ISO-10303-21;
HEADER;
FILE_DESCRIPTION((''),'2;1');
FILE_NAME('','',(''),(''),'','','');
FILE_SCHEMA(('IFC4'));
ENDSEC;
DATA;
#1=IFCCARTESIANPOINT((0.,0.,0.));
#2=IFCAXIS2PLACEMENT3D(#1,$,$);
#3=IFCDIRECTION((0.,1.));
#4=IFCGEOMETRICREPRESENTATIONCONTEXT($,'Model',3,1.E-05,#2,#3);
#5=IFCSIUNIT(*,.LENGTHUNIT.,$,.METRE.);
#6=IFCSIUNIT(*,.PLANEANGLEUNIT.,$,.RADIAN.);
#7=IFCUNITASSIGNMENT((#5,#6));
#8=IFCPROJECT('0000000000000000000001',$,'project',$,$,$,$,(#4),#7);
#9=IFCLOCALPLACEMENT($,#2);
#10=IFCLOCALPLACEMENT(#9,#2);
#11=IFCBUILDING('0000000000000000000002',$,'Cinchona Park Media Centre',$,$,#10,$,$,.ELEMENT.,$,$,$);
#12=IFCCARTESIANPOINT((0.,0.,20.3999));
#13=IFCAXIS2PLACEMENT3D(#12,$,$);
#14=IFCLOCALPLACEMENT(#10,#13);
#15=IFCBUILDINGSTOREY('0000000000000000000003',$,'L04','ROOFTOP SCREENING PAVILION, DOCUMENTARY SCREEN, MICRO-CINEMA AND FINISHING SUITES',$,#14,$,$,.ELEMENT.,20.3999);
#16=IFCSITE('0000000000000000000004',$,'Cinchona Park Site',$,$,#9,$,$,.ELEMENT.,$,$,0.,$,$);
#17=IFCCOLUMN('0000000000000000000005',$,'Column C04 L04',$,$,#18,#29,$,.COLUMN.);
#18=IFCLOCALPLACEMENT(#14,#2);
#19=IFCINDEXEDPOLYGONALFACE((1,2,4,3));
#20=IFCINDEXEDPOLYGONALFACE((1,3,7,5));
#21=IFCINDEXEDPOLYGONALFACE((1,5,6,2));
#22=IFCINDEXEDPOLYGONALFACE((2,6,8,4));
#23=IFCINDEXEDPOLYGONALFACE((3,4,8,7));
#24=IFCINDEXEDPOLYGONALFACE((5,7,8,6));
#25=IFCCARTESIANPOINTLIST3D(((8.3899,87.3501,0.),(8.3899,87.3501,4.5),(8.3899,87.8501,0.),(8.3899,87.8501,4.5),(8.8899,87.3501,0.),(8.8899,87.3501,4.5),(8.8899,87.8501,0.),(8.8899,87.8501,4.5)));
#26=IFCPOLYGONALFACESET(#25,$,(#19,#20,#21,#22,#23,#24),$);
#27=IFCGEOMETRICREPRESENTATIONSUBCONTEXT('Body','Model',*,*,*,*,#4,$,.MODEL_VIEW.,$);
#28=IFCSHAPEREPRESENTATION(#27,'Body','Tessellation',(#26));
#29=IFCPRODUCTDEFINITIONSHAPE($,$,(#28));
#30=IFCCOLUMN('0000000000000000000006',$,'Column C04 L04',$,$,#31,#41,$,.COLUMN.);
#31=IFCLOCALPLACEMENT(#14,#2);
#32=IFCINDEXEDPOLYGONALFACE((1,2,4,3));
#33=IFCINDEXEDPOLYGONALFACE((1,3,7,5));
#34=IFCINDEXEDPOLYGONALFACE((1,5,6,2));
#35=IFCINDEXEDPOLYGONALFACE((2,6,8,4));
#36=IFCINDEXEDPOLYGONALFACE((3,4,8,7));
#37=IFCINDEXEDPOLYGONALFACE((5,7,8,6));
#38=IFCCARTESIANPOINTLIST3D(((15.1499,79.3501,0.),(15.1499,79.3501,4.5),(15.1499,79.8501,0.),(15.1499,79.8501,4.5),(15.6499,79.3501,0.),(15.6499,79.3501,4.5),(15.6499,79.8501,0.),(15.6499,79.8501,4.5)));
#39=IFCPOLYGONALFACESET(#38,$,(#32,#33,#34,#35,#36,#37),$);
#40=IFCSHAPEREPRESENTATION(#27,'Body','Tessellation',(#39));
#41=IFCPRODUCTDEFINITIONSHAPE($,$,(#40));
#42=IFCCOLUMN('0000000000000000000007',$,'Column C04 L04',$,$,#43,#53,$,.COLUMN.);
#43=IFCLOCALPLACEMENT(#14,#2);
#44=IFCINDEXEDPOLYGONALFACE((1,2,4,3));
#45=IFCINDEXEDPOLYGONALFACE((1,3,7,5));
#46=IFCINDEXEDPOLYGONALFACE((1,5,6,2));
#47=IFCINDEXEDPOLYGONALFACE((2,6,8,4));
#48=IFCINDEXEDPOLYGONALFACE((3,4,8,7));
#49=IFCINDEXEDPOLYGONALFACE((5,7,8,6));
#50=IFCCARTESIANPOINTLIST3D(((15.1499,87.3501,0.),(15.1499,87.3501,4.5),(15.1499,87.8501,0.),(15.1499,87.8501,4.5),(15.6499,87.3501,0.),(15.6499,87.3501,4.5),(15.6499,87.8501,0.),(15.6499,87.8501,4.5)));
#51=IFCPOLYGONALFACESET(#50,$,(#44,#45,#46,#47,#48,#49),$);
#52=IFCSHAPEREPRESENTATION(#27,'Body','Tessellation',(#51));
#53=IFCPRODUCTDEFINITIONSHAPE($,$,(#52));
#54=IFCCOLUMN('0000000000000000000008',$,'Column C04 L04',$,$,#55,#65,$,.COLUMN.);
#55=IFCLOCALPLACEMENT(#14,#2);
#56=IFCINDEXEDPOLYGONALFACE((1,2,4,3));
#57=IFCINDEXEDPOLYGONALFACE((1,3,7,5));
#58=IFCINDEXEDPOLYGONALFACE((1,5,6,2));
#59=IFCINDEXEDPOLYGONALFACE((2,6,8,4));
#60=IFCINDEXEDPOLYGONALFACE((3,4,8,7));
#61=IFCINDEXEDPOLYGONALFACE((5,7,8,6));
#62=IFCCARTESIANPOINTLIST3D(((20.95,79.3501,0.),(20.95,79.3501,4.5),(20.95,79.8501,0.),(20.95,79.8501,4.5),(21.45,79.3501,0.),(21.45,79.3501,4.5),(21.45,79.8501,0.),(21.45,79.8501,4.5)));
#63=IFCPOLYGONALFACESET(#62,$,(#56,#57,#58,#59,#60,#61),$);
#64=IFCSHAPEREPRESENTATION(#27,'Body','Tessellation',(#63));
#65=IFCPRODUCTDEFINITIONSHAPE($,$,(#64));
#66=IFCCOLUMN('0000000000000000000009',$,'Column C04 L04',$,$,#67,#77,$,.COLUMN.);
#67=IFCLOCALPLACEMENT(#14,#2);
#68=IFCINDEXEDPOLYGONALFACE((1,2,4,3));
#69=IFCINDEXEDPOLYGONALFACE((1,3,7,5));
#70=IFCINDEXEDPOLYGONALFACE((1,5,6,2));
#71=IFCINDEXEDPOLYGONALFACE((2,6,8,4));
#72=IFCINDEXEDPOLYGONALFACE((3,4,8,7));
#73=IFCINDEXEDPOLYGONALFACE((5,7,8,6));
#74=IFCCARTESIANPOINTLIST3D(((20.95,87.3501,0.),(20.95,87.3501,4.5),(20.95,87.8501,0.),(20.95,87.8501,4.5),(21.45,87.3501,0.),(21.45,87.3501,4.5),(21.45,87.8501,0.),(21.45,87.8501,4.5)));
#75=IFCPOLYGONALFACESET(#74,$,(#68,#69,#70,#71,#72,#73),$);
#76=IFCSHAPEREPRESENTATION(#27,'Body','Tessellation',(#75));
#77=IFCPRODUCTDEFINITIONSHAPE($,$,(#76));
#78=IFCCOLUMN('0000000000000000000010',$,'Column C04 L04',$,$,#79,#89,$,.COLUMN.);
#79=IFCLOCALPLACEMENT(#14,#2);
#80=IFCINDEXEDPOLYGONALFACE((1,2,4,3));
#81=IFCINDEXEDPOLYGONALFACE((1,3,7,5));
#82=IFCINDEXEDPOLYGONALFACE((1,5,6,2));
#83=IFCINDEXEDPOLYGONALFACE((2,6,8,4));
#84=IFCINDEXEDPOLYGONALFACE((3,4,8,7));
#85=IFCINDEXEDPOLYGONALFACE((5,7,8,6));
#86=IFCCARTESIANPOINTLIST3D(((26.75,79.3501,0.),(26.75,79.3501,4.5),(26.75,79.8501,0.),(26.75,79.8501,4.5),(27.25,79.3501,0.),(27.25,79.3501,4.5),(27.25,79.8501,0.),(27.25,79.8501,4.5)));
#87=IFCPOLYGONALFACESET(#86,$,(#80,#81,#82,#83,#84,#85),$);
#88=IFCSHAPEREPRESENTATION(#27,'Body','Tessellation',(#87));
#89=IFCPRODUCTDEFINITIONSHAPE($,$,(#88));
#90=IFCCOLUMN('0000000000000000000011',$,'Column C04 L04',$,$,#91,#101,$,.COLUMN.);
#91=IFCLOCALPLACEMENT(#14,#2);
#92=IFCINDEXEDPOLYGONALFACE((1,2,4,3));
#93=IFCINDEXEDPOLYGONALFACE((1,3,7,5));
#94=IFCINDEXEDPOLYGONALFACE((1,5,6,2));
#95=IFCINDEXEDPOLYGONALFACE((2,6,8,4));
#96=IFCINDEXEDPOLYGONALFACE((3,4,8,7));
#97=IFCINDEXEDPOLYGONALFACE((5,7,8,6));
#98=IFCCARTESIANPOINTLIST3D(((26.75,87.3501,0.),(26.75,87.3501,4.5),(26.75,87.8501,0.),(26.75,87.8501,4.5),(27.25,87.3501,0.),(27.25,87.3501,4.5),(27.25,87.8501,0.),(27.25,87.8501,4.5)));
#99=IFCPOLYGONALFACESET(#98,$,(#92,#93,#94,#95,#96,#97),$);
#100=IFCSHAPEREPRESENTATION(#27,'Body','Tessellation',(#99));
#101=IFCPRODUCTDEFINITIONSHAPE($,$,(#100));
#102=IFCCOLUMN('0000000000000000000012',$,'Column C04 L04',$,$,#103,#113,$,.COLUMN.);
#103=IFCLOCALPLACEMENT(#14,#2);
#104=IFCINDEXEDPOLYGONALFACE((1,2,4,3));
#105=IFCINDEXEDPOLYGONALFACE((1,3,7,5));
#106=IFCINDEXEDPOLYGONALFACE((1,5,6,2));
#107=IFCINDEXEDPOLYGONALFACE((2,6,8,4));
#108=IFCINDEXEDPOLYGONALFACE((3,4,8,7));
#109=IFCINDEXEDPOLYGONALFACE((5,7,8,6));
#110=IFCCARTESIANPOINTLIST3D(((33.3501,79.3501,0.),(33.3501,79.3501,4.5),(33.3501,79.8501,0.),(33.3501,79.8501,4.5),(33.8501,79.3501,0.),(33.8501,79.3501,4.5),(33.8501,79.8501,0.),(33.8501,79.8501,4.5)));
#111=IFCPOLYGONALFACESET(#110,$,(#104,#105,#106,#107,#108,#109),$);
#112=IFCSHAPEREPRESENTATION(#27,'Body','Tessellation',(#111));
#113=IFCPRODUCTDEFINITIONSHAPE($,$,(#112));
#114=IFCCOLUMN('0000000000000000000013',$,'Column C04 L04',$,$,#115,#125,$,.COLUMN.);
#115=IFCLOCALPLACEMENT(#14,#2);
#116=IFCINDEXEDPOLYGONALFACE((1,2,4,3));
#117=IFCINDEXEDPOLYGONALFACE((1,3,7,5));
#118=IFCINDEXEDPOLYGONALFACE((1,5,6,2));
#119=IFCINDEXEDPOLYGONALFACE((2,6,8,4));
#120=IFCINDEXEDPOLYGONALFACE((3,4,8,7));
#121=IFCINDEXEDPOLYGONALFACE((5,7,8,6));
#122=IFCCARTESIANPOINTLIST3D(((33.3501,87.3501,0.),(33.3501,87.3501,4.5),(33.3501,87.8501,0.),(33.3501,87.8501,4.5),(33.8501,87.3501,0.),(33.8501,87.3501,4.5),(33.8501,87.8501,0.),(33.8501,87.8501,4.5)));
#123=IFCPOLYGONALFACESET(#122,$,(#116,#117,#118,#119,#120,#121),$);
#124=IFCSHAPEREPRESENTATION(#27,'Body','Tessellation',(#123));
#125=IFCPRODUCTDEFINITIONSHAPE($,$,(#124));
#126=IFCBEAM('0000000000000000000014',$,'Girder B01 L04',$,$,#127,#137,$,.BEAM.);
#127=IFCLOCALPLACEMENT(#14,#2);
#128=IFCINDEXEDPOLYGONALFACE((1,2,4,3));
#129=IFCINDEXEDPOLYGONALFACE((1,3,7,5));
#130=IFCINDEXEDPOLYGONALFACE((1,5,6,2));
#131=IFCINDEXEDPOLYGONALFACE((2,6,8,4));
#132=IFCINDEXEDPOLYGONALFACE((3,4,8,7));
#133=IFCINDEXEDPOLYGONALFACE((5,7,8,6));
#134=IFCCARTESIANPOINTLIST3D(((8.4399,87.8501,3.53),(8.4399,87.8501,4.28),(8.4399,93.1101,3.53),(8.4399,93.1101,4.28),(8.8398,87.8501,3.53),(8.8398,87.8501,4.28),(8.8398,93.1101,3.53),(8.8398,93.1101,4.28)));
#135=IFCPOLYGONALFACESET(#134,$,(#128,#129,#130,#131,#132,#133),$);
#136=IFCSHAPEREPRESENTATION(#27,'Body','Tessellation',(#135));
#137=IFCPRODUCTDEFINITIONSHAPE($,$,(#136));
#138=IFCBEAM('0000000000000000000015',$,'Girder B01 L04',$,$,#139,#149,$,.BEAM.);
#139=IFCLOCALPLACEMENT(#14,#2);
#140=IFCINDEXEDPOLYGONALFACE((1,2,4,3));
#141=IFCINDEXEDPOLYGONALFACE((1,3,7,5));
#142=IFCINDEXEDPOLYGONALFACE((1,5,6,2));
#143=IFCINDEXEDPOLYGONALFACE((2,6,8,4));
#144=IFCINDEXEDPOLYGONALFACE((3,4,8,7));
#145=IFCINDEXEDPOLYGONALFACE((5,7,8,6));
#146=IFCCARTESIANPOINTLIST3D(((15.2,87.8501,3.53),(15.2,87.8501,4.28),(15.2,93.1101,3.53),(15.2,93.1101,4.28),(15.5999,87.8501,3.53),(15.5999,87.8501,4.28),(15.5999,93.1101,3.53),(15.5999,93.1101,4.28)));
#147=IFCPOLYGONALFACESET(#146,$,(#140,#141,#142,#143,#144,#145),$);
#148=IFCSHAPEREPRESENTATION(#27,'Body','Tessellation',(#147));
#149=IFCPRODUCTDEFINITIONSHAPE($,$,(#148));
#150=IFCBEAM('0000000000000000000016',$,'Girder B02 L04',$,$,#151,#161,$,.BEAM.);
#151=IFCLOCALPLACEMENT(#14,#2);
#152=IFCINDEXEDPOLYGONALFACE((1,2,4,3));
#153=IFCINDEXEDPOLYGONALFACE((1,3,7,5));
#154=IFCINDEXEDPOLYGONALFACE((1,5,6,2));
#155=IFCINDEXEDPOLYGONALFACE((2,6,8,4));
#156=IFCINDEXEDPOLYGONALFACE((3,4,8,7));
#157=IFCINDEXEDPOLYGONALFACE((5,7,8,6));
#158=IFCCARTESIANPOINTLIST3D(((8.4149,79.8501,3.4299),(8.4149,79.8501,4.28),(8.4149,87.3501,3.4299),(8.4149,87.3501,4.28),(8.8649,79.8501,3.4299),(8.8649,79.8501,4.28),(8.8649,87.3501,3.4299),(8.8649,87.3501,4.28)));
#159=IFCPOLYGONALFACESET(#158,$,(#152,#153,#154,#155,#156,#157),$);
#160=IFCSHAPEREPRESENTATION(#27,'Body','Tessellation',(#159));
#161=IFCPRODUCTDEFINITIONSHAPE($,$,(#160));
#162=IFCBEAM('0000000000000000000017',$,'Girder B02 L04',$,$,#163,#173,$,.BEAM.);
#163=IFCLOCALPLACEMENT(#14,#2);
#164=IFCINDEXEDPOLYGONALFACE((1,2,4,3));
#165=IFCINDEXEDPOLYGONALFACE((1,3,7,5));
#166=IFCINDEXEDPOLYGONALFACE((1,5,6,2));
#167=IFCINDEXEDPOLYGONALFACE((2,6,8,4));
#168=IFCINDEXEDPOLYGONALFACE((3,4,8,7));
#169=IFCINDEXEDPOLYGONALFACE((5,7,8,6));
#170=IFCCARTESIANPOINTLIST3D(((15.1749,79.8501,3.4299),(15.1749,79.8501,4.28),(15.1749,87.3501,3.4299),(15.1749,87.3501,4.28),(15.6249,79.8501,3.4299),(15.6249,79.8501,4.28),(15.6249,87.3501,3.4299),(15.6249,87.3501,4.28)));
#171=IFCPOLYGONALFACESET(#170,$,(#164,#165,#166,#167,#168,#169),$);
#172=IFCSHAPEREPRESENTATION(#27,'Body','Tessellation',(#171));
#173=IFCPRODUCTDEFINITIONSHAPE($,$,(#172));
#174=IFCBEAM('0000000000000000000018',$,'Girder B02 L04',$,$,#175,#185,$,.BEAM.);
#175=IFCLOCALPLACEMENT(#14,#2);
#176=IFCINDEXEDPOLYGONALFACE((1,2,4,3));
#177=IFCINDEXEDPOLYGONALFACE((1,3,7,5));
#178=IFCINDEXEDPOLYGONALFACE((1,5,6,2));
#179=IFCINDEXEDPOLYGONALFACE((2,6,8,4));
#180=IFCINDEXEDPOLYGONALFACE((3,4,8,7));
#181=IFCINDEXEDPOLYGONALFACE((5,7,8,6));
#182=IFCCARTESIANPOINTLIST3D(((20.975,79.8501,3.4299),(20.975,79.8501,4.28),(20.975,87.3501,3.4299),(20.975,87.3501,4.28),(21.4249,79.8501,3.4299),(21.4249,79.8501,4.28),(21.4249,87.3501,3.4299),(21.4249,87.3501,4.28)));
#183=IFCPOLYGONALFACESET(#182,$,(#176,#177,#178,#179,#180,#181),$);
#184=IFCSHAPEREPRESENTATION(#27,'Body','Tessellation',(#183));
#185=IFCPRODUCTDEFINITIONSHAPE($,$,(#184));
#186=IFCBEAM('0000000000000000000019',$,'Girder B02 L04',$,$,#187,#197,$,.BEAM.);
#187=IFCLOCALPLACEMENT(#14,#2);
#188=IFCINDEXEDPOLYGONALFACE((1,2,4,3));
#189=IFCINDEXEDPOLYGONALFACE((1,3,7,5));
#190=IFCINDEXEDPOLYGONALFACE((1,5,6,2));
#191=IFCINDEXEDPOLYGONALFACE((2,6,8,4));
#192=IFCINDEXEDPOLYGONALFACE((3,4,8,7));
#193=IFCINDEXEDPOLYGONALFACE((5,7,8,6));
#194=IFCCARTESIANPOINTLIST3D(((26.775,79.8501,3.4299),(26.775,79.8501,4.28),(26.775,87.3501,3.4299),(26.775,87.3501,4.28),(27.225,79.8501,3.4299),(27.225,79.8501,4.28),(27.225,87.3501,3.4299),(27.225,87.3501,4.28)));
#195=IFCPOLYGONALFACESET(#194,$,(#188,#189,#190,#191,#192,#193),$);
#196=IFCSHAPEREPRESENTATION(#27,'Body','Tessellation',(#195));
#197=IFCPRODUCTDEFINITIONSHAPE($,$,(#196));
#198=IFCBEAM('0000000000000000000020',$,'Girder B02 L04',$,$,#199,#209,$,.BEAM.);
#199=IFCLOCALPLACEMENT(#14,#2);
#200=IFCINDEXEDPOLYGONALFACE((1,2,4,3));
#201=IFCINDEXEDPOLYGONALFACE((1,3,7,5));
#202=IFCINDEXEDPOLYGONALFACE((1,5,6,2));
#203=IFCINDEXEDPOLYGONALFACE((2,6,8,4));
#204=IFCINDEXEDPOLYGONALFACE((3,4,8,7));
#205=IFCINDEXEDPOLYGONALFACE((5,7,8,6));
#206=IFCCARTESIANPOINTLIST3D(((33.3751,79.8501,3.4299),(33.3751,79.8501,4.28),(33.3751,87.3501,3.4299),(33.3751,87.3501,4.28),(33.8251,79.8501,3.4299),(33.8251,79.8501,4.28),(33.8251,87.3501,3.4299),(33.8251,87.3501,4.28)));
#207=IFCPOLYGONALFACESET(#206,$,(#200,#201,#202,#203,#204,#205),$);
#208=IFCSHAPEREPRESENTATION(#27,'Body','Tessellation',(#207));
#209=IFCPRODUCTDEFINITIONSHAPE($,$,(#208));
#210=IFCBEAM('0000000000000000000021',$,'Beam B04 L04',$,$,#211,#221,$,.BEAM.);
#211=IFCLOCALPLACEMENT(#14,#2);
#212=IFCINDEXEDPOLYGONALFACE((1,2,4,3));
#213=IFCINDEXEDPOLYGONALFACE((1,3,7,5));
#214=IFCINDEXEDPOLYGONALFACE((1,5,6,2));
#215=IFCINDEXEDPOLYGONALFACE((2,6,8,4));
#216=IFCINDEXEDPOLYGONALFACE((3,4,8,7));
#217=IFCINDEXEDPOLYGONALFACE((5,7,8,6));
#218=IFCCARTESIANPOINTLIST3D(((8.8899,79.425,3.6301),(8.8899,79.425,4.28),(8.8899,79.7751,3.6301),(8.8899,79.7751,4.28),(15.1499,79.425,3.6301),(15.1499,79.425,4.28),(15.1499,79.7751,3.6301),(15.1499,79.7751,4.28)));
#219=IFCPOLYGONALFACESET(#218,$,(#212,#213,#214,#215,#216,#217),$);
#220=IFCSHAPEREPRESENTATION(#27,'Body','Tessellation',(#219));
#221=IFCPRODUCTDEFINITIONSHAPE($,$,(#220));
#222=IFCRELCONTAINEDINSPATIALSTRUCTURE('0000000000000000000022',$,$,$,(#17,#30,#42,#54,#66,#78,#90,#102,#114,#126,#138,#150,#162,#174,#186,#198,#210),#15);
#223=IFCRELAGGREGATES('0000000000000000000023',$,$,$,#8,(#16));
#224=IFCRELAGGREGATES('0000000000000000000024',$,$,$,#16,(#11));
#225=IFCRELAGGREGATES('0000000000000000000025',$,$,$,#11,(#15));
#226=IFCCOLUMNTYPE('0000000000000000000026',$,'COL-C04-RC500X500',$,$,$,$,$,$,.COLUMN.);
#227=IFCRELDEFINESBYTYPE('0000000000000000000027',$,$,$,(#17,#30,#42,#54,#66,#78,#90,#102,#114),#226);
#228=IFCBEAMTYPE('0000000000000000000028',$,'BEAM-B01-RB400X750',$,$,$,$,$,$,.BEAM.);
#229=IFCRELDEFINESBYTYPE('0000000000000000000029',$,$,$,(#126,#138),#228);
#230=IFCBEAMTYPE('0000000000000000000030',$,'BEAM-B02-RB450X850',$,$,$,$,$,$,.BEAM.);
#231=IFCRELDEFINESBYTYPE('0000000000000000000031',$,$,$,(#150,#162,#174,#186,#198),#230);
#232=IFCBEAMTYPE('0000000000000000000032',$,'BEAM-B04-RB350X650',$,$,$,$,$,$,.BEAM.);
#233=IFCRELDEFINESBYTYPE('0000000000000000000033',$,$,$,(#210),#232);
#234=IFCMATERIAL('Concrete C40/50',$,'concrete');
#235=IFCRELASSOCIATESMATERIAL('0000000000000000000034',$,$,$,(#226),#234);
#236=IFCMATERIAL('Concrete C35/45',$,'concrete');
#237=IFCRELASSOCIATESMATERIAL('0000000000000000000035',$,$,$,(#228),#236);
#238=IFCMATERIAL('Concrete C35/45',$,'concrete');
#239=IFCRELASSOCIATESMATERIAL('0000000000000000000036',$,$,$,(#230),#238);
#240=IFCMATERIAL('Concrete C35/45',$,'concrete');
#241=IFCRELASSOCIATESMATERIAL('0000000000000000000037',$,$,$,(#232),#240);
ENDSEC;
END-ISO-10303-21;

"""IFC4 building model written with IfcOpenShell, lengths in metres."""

from ifc_helpers import new_model, si_unit, direction, frame, origin, origin_2d, place, context, subcontext, project, spatial, rectangle, extrude, material, material_profile, profile_set, type_object, element, save


model = new_model("IFC4")

# Units and contexts
model_context = context("Model", 3, precision=1e-05, world=origin(), true_north=direction((0.0, 1.0)))
body_context = subcontext(model_context, "Body", "Model", "MODEL_VIEW")
ifc_project = project(units=[si_unit("LENGTHUNIT", "METRE"), si_unit("PLANEANGLEUNIT", "RADIAN")], contexts=[model_context])

# Site, building, storey
site_placement = place(None, origin())
site = spatial("IfcSite", under=ifc_project, at=site_placement, Name="Cinchona Park Site", CompositionType="ELEMENT", RefElevation=0.0)
building_placement = place(site_placement, origin())
building = spatial("IfcBuilding", under=site, at=building_placement, Name="Cinchona Park Media Centre", CompositionType="ELEMENT")
storey_placement = place(building_placement, frame((0.0, 0.0, 20.3999)))
storey = spatial("IfcBuildingStorey", under=building, at=storey_placement, Name="L04", Description="ROOFTOP SCREENING PAVILION, DOCUMENTARY SCREEN, MICRO-CINEMA AND FINISHING SUITES", CompositionType="ELEMENT", Elevation=20.3999)

# Columns
ifc_material_1 = material(Name="Concrete C40/50", Category="concrete")
ifc_material_profile_1 = material_profile(ifc_material_1, rectangle(XDim=0.5, YDim=0.5, at=origin_2d()), Name="RC 500X500")
ifc_profile_set_1 = profile_set([ifc_material_profile_1], Name="Concrete C40/50")
column_type = type_object("IfcColumnType", Name="COL-C04-RC500X500", PredefinedType="COLUMN", material=ifc_profile_set_1)
for number, where, z_axis, x_axis, name in (
    (1, (8.6399, 87.6001, 0.0), (0.0, 0.0, 1.0), (1.0, 0.0, 0.0), "Column C04 L04"),
    (2, (15.3999, 79.6001, 0.0), (0.0, 0.0, 1.0), (1.0, 0.0, 0.0), "Column C04 L04"),
    (3, (15.3999, 87.6001, 0.0), (0.0, 0.0, 1.0), (1.0, 0.0, 0.0), "Column C04 L04"),
    (4, (21.2, 79.6001, 0.0), (0.0, 0.0, 1.0), (1.0, 0.0, 0.0), "Column C04 L04"),
    (5, (21.2, 87.6001, 0.0), (0.0, 0.0, 1.0), (1.0, 0.0, 0.0), "Column C04 L04"),
    (6, (27.0, 79.6001, 0.0), (0.0, 0.0, 1.0), (1.0, 0.0, 0.0), "Column C04 L04"),
    (7, (27.0, 87.6001, 0.0), (0.0, 0.0, 1.0), (1.0, 0.0, 0.0), "Column C04 L04"),
    (8, (33.6001, 79.6001, 0.0), (0.0, 0.0, 1.0), (1.0, 0.0, 0.0), "Column C04 L04"),
    (9, (33.6001, 87.6001, 0.0), (0.0, 0.0, 1.0), (1.0, 0.0, 0.0), "Column C04 L04"),
):
    element("IfcColumn", number, at=place(storey_placement, frame(where, z_axis=z_axis, x_axis=x_axis)), inside=storey, type_object=column_type, Name=name, PredefinedType="COLUMN", context=body_context, shape_type="SweptSolid", body=[
        extrude(rectangle(XDim=0.5, YDim=0.5, at=origin_2d()), origin(), (0.0, 0.0, 1.0), 4.5),
    ])

# Beams
ifc_material_2 = material(Name="Concrete C35/45", Category="concrete")
ifc_material_profile_2 = material_profile(ifc_material_2, rectangle(XDim=0.3999, YDim=0.75, at=origin_2d()), Name="RB 400X750")
ifc_profile_set_2 = profile_set([ifc_material_profile_2], Name="Concrete C35/45")
beam_type_1 = type_object("IfcBeamType", Name="BEAM-B01-RB400X750", PredefinedType="BEAM", material=ifc_profile_set_2)
for number, where, z_axis, x_axis, name in (
    (10, (8.6399, 87.8501, 3.905), (0.0, 1.0, 0.0), (-1.0, 0.0, 0.0), "Girder B01 L04"),
    (11, (15.3999, 87.8501, 3.905), (0.0, 1.0, 0.0), (-1.0, 0.0, 0.0), "Girder B01 L04"),
):
    element("IfcBeam", number, at=place(storey_placement, frame(where, z_axis=z_axis, x_axis=x_axis)), inside=storey, type_object=beam_type_1, Name=name, PredefinedType="BEAM", context=body_context, shape_type="SweptSolid", body=[
        extrude(rectangle(XDim=0.3999, YDim=0.75, at=origin_2d()), origin(), (0.0, 0.0, 1.0), 5.26),
    ])
ifc_material_3 = material(Name="Concrete C35/45", Category="concrete")
ifc_material_profile_3 = material_profile(ifc_material_3, rectangle(XDim=0.45, YDim=0.8501, at=origin_2d()), Name="RB 450X850")
ifc_profile_set_3 = profile_set([ifc_material_profile_3], Name="Concrete C35/45")
beam_type_2 = type_object("IfcBeamType", Name="BEAM-B02-RB450X850", PredefinedType="BEAM", material=ifc_profile_set_3)
for number, where, z_axis, x_axis, name in (
    (12, (8.6399, 79.8501, 3.855), (0.0, 1.0, 0.0), (-1.0, 0.0, 0.0), "Girder B02 L04"),
    (13, (15.3999, 79.8501, 3.855), (0.0, 1.0, 0.0), (-1.0, 0.0, 0.0), "Girder B02 L04"),
    (14, (21.2, 79.8501, 3.855), (0.0, 1.0, 0.0), (-1.0, 0.0, 0.0), "Girder B02 L04"),
    (15, (27.0, 79.8501, 3.855), (0.0, 1.0, 0.0), (-1.0, 0.0, 0.0), "Girder B02 L04"),
    (16, (33.6001, 79.8501, 3.855), (0.0, 1.0, 0.0), (-1.0, 0.0, 0.0), "Girder B02 L04"),
):
    element("IfcBeam", number, at=place(storey_placement, frame(where, z_axis=z_axis, x_axis=x_axis)), inside=storey, type_object=beam_type_2, Name=name, PredefinedType="BEAM", context=body_context, shape_type="SweptSolid", body=[
        extrude(rectangle(XDim=0.45, YDim=0.8501, at=origin_2d()), origin(), (0.0, 0.0, 1.0), 7.5),
    ])
ifc_material_4 = material(Name="Concrete C35/45", Category="concrete")
ifc_material_profile_4 = material_profile(ifc_material_4, rectangle(XDim=0.3501, YDim=0.6499, at=origin_2d()), Name="RB 350X650")
ifc_profile_set_4 = profile_set([ifc_material_profile_4], Name="Concrete C35/45")
beam_type_3 = type_object("IfcBeamType", Name="BEAM-B04-RB350X650", PredefinedType="BEAM", material=ifc_profile_set_4)
beam_1_placement = place(storey_placement, frame((8.8899, 79.6001, 3.9551), z_axis=(1.0, 0.0, 0.0), x_axis=(0.0, 1.0, 0.0)))
element("IfcBeam", 17, at=beam_1_placement, inside=storey, type_object=beam_type_3, Name="Beam B04 L04", PredefinedType="BEAM", context=body_context, shape_type="SweptSolid", body=[
    extrude(rectangle(XDim=0.3501, YDim=0.6499, at=origin_2d()), origin(), (0.0, 0.0, 1.0), 6.26),
])

save(model, "model.ifc")
